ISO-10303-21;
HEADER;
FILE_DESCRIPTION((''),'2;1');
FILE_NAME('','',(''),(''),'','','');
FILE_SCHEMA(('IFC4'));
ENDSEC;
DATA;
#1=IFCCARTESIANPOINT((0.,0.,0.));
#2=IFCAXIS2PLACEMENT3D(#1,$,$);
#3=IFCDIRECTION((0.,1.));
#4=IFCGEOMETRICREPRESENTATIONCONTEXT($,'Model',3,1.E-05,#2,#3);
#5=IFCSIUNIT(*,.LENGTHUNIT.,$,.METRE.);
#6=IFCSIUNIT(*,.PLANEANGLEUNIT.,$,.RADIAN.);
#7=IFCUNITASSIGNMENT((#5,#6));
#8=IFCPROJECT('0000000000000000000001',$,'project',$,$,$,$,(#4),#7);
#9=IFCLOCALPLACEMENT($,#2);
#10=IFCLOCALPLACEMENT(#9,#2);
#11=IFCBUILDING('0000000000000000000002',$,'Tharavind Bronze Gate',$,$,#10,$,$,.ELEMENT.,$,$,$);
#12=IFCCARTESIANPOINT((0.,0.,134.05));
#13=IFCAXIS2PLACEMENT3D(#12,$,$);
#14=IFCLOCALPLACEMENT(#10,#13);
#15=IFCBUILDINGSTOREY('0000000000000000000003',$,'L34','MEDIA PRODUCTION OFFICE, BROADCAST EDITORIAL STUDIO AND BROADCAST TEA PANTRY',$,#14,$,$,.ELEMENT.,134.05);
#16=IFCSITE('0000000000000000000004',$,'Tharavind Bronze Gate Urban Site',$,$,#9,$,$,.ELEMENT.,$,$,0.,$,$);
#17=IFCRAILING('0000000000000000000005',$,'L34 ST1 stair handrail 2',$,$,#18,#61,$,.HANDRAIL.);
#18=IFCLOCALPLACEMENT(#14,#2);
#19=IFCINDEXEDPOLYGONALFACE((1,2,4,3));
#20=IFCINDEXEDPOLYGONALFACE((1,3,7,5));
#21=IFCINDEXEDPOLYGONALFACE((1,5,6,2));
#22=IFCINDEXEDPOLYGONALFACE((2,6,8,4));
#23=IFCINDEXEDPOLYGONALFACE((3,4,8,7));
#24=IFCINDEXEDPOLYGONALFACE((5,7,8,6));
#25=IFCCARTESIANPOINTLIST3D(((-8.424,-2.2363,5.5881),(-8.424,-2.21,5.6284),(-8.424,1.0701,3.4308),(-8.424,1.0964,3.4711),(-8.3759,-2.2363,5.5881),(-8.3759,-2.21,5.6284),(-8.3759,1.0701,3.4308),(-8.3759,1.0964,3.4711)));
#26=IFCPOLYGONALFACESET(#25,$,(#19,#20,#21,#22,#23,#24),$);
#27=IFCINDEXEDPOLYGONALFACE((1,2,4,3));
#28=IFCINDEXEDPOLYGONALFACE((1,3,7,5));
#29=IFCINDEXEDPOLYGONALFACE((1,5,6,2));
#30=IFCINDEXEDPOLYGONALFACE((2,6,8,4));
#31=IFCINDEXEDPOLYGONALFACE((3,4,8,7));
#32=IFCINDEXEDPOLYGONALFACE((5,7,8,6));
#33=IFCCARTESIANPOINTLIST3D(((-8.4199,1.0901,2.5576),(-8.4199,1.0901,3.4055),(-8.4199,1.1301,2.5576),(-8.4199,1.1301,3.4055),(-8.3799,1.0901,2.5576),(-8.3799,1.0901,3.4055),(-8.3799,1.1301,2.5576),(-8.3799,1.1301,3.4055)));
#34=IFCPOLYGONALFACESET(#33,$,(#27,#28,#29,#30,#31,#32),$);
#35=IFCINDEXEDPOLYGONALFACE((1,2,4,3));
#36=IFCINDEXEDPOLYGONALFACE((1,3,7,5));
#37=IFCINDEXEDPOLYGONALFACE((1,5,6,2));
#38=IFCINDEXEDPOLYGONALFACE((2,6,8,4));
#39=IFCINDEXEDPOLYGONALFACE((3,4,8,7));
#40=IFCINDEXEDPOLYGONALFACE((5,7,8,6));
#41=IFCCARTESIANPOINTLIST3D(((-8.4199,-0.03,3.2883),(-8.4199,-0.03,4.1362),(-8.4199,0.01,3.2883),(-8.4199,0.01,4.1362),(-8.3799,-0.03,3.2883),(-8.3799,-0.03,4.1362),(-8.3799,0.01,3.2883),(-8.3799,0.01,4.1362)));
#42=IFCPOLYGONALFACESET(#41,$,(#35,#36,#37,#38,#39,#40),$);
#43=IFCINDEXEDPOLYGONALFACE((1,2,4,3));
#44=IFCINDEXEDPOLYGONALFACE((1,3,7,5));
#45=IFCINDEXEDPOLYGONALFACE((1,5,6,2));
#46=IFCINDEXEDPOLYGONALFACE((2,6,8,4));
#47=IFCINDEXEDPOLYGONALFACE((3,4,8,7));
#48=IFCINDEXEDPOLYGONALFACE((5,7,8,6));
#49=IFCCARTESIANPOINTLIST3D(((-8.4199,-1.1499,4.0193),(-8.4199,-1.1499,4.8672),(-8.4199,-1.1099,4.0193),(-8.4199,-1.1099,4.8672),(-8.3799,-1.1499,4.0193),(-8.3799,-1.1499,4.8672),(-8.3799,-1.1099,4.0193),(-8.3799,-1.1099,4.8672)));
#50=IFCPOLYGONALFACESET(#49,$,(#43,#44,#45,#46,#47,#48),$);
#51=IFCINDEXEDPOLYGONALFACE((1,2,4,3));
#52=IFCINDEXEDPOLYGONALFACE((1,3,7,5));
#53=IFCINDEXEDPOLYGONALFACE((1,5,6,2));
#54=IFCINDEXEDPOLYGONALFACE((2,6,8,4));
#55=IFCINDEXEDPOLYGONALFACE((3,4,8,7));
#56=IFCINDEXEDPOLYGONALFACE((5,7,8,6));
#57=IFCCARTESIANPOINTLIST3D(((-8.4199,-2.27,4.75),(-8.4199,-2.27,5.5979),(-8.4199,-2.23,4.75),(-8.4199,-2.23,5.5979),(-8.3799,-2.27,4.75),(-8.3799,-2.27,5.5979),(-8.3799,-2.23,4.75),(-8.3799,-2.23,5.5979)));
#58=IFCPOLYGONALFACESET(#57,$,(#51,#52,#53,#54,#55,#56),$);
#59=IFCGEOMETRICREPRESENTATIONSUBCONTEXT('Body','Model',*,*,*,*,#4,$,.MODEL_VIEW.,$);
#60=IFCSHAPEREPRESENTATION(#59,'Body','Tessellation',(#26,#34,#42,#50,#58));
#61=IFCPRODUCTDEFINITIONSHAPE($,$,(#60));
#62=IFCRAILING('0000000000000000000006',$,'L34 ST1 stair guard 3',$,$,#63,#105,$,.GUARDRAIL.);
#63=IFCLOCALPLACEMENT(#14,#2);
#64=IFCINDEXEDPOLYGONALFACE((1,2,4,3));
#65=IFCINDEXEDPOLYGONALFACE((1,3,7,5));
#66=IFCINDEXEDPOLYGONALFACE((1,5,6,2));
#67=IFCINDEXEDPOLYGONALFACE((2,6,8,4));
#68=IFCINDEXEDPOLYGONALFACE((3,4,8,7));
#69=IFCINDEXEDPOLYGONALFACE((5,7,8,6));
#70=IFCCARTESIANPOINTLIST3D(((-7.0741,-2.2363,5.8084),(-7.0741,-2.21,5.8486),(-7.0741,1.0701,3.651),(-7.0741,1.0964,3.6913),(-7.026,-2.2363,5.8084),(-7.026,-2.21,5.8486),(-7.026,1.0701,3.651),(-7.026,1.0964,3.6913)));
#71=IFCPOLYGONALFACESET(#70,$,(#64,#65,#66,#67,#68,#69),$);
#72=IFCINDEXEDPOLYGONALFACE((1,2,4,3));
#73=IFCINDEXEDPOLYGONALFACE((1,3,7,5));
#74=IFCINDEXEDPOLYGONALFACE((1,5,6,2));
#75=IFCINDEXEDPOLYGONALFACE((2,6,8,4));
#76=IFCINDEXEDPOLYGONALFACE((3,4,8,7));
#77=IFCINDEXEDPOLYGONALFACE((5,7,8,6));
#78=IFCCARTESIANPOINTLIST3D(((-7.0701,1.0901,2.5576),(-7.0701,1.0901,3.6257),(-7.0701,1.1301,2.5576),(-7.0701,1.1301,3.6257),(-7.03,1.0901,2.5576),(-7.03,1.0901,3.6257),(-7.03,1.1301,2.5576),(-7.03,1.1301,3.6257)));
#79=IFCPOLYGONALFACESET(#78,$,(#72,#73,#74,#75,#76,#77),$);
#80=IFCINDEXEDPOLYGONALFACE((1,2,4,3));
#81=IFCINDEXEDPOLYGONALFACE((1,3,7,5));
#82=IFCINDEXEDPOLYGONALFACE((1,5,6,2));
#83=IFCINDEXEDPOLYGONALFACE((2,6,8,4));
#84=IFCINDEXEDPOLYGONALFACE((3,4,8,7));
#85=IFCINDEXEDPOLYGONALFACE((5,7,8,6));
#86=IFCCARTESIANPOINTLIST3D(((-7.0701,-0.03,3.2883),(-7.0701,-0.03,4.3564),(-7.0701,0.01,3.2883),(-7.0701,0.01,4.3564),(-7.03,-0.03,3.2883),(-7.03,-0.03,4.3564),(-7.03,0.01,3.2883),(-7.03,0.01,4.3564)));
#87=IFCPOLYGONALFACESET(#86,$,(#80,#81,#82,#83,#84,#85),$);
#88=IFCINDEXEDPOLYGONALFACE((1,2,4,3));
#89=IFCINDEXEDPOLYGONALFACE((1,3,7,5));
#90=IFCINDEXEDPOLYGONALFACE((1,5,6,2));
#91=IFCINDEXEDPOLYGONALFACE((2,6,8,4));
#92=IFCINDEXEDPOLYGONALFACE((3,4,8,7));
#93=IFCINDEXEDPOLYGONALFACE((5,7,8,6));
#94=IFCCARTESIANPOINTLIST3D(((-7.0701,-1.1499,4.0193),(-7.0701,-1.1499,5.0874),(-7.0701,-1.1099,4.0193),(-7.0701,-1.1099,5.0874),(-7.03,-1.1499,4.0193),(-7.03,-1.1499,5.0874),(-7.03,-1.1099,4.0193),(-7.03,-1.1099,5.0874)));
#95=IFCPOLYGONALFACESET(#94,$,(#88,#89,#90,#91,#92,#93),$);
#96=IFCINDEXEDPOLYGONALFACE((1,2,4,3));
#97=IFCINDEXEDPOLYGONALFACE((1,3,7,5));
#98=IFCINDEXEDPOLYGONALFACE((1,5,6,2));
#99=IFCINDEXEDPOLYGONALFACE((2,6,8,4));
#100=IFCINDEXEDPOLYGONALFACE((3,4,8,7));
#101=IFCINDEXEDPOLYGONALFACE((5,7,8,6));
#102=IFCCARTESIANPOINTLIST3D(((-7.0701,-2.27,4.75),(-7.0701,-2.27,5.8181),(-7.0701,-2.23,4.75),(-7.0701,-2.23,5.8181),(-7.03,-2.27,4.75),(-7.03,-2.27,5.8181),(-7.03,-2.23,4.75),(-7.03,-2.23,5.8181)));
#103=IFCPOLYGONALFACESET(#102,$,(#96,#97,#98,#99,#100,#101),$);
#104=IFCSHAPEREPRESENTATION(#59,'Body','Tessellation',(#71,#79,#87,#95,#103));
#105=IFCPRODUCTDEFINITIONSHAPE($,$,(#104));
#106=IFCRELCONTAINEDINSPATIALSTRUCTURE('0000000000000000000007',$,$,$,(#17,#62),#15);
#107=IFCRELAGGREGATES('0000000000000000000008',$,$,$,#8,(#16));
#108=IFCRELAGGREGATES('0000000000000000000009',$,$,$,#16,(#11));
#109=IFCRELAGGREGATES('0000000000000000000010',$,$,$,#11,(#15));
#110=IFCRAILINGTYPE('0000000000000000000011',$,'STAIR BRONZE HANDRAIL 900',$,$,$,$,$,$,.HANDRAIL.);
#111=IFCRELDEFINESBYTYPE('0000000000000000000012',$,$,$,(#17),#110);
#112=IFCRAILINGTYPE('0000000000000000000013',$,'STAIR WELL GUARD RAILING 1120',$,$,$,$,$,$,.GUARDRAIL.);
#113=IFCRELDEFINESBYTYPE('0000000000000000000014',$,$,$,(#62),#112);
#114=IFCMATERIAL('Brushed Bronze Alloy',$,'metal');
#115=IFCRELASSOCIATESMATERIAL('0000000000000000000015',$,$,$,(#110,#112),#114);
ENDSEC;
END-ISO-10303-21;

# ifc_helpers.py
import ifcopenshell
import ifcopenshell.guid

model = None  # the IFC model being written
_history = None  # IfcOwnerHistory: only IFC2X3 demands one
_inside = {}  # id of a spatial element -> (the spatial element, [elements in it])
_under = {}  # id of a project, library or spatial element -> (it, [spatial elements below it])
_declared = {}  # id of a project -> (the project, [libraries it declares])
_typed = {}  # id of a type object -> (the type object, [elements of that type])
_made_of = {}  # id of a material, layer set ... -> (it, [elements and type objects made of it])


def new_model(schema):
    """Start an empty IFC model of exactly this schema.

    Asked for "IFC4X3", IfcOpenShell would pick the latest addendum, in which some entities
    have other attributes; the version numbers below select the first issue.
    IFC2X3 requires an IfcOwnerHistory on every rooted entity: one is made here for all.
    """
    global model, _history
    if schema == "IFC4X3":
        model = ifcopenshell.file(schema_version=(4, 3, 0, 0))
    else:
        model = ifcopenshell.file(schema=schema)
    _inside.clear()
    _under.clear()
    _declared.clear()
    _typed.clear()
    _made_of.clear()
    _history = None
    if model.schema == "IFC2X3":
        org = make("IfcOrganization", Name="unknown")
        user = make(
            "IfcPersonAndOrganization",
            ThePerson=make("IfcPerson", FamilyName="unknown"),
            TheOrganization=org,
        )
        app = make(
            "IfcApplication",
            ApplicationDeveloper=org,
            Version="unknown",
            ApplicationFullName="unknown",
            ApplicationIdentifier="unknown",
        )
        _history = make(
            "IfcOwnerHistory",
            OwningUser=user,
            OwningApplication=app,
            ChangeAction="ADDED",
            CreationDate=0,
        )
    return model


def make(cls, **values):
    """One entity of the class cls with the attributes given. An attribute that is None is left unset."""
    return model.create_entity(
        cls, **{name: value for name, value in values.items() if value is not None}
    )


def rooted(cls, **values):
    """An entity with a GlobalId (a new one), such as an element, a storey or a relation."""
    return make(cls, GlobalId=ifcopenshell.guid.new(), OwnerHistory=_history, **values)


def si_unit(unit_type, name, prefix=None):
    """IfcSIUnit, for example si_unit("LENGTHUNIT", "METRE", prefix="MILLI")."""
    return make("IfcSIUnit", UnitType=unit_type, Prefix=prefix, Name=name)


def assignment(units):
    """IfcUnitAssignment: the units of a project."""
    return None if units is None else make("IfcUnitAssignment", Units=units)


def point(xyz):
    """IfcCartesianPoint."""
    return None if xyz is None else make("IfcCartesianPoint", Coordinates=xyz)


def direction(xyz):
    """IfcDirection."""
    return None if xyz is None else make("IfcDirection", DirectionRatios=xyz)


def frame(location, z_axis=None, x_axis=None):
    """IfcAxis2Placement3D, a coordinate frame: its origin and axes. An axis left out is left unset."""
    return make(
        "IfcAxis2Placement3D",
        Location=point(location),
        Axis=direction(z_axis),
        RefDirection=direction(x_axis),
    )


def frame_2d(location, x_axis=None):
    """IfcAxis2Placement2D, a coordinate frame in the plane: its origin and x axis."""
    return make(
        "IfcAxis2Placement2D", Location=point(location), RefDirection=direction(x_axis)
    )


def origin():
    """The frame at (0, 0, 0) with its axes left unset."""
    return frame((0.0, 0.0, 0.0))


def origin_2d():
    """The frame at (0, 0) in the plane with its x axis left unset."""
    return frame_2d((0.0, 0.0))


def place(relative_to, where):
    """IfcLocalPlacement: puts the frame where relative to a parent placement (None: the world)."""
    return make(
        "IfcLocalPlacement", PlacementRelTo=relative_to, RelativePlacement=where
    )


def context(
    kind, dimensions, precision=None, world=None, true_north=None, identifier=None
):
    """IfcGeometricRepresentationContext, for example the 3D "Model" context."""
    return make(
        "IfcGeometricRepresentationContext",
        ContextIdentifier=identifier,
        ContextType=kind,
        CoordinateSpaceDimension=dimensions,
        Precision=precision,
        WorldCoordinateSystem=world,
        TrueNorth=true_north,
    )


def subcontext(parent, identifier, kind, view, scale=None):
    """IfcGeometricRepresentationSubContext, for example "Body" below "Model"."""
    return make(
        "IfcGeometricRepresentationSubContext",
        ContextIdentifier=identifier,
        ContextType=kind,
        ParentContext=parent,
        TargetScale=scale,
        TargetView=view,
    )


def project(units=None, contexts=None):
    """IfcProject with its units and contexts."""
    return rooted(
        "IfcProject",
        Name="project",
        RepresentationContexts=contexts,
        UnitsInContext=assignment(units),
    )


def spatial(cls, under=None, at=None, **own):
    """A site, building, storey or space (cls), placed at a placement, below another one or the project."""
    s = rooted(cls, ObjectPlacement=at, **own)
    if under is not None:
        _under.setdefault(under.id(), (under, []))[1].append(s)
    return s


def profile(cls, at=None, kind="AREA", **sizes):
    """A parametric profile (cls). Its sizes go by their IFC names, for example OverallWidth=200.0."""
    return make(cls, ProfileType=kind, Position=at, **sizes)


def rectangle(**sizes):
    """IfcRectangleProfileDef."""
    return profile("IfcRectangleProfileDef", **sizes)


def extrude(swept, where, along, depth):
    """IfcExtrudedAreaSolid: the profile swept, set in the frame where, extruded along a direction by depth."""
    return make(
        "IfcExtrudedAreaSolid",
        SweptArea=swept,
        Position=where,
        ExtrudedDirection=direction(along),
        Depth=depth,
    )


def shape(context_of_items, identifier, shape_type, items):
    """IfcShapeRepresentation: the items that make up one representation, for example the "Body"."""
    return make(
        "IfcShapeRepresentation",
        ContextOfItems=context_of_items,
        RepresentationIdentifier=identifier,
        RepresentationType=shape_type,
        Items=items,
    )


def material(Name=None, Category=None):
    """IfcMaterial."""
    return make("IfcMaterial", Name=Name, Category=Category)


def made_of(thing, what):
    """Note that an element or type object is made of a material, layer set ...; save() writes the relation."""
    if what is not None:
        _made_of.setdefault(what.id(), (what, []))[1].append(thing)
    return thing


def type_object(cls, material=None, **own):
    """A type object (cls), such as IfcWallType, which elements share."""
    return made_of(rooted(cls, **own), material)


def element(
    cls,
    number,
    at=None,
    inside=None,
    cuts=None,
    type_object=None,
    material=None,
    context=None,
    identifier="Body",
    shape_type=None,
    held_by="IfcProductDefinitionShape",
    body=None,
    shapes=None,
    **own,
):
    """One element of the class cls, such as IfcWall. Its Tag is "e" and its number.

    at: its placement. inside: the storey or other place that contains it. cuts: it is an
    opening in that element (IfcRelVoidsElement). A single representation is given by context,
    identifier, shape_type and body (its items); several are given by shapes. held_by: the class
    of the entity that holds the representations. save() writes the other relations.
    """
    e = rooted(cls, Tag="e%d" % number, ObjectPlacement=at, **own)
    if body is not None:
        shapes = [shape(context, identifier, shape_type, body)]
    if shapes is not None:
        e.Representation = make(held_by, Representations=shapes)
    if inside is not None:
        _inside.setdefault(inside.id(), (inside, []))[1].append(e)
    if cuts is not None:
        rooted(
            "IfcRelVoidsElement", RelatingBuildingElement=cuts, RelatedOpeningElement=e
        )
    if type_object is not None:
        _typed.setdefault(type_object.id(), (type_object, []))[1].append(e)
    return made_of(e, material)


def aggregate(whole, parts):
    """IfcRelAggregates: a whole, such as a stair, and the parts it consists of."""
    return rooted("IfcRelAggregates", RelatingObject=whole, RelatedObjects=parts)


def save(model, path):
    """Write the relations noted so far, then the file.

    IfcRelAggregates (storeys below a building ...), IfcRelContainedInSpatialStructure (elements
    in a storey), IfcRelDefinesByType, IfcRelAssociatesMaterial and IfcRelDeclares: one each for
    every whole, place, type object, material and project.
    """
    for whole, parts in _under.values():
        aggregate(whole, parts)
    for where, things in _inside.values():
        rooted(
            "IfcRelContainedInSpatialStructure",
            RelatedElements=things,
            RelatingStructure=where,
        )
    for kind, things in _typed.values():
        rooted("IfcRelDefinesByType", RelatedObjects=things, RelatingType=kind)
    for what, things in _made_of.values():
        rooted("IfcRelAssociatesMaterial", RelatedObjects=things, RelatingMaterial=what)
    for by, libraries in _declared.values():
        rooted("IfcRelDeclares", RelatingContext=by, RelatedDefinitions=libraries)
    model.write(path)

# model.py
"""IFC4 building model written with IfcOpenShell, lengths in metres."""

from ifc_helpers import new_model, si_unit, direction, frame, origin, origin_2d, place, context, subcontext, project, spatial, rectangle, extrude, material, type_object, element, save


model = new_model("IFC4")

# Units and contexts
model_context = context("Model", 3, precision=1e-05, world=origin(), true_north=direction((0.0, 1.0)))
body_context = subcontext(model_context, "Body", "Model", "MODEL_VIEW")
ifc_project = project(units=[si_unit("LENGTHUNIT", "METRE"), si_unit("PLANEANGLEUNIT", "RADIAN")], contexts=[model_context])

# Site, building, storey
site_placement = place(None, origin())
site = spatial("IfcSite", under=ifc_project, at=site_placement, Name="Tharavind Bronze Gate Urban Site", CompositionType="ELEMENT", RefElevation=0.0)
building_placement = place(site_placement, origin())
building = spatial("IfcBuilding", under=site, at=building_placement, Name="Tharavind Bronze Gate", CompositionType="ELEMENT")
storey_placement = place(building_placement, frame((0.0, 0.0, 134.05)))
storey = spatial("IfcBuildingStorey", under=building, at=storey_placement, Name="L34", Description="MEDIA PRODUCTION OFFICE, BROADCAST EDITORIAL STUDIO AND BROADCAST TEA PANTRY", CompositionType="ELEMENT", Elevation=134.05)

# Railings
ifc_material_1 = material(Name="Brushed Bronze Alloy", Category="metal")
railing_type_1 = type_object("IfcRailingType", Name="STAIR BRONZE HANDRAIL 900", PredefinedType="HANDRAIL", material=ifc_material_1)
railing_1_placement = place(storey_placement, frame((-8.3999, 1.1101, 2.5576)))
element("IfcRailing", 1, at=railing_1_placement, inside=storey, type_object=railing_type_1, Name="L34 ST1 stair handrail 2", PredefinedType="HANDRAIL", context=body_context, shape_type="SweptSolid", body=[
    extrude(rectangle(XDim=0.0481, YDim=0.0481, at=origin_2d()), frame((0.0, -0.0269, 0.8933), z_axis=(0.0, -0.837496, 0.546444), x_axis=(1.0, 0.0, 0.0)), (0.0, 0.0, 1.0), 3.948),
    extrude(rectangle(XDim=0.04, YDim=0.04, at=origin_2d()), origin(), (0.0, 0.0, 1.0), 0.8479),
    extrude(rectangle(XDim=0.04, YDim=0.04, at=origin_2d()), frame((0.0, -1.1201, 0.7307)), (0.0, 0.0, 1.0), 0.8479),
    extrude(rectangle(XDim=0.04, YDim=0.04, at=origin_2d()), frame((0.0, -2.24, 1.4617)), (0.0, 0.0, 1.0), 0.8479),
    extrude(rectangle(XDim=0.04, YDim=0.04, at=origin_2d()), frame((0.0, -3.3601, 2.1924)), (0.0, 0.0, 1.0), 0.8479),
])
railing_type_2 = type_object("IfcRailingType", Name="STAIR WELL GUARD RAILING 1120", PredefinedType="GUARDRAIL", material=ifc_material_1)
railing_2_placement = place(storey_placement, frame((-7.05, 1.1101, 2.5576)))
element("IfcRailing", 2, at=railing_2_placement, inside=storey, type_object=railing_type_2, Name="L34 ST1 stair guard 3", PredefinedType="GUARDRAIL", context=body_context, shape_type="SweptSolid", body=[
    extrude(rectangle(XDim=0.0481, YDim=0.0481, at=origin_2d()), frame((0.0, -0.0269, 1.1135), z_axis=(0.0, -0.837496, 0.546444), x_axis=(1.0, 0.0, 0.0)), (0.0, 0.0, 1.0), 3.948),
    extrude(rectangle(XDim=0.04, YDim=0.04, at=origin_2d()), origin(), (0.0, 0.0, 1.0), 1.0681),
    extrude(rectangle(XDim=0.04, YDim=0.04, at=origin_2d()), frame((0.0, -1.1201, 0.7307)), (0.0, 0.0, 1.0), 1.0681),
    extrude(rectangle(XDim=0.04, YDim=0.04, at=origin_2d()), frame((0.0, -2.24, 1.4617)), (0.0, 0.0, 1.0), 1.0681),
    extrude(rectangle(XDim=0.04, YDim=0.04, at=origin_2d()), frame((0.0, -3.3601, 2.1924)), (0.0, 0.0, 1.0), 1.0681),
])

save(model, "model.ifc")
